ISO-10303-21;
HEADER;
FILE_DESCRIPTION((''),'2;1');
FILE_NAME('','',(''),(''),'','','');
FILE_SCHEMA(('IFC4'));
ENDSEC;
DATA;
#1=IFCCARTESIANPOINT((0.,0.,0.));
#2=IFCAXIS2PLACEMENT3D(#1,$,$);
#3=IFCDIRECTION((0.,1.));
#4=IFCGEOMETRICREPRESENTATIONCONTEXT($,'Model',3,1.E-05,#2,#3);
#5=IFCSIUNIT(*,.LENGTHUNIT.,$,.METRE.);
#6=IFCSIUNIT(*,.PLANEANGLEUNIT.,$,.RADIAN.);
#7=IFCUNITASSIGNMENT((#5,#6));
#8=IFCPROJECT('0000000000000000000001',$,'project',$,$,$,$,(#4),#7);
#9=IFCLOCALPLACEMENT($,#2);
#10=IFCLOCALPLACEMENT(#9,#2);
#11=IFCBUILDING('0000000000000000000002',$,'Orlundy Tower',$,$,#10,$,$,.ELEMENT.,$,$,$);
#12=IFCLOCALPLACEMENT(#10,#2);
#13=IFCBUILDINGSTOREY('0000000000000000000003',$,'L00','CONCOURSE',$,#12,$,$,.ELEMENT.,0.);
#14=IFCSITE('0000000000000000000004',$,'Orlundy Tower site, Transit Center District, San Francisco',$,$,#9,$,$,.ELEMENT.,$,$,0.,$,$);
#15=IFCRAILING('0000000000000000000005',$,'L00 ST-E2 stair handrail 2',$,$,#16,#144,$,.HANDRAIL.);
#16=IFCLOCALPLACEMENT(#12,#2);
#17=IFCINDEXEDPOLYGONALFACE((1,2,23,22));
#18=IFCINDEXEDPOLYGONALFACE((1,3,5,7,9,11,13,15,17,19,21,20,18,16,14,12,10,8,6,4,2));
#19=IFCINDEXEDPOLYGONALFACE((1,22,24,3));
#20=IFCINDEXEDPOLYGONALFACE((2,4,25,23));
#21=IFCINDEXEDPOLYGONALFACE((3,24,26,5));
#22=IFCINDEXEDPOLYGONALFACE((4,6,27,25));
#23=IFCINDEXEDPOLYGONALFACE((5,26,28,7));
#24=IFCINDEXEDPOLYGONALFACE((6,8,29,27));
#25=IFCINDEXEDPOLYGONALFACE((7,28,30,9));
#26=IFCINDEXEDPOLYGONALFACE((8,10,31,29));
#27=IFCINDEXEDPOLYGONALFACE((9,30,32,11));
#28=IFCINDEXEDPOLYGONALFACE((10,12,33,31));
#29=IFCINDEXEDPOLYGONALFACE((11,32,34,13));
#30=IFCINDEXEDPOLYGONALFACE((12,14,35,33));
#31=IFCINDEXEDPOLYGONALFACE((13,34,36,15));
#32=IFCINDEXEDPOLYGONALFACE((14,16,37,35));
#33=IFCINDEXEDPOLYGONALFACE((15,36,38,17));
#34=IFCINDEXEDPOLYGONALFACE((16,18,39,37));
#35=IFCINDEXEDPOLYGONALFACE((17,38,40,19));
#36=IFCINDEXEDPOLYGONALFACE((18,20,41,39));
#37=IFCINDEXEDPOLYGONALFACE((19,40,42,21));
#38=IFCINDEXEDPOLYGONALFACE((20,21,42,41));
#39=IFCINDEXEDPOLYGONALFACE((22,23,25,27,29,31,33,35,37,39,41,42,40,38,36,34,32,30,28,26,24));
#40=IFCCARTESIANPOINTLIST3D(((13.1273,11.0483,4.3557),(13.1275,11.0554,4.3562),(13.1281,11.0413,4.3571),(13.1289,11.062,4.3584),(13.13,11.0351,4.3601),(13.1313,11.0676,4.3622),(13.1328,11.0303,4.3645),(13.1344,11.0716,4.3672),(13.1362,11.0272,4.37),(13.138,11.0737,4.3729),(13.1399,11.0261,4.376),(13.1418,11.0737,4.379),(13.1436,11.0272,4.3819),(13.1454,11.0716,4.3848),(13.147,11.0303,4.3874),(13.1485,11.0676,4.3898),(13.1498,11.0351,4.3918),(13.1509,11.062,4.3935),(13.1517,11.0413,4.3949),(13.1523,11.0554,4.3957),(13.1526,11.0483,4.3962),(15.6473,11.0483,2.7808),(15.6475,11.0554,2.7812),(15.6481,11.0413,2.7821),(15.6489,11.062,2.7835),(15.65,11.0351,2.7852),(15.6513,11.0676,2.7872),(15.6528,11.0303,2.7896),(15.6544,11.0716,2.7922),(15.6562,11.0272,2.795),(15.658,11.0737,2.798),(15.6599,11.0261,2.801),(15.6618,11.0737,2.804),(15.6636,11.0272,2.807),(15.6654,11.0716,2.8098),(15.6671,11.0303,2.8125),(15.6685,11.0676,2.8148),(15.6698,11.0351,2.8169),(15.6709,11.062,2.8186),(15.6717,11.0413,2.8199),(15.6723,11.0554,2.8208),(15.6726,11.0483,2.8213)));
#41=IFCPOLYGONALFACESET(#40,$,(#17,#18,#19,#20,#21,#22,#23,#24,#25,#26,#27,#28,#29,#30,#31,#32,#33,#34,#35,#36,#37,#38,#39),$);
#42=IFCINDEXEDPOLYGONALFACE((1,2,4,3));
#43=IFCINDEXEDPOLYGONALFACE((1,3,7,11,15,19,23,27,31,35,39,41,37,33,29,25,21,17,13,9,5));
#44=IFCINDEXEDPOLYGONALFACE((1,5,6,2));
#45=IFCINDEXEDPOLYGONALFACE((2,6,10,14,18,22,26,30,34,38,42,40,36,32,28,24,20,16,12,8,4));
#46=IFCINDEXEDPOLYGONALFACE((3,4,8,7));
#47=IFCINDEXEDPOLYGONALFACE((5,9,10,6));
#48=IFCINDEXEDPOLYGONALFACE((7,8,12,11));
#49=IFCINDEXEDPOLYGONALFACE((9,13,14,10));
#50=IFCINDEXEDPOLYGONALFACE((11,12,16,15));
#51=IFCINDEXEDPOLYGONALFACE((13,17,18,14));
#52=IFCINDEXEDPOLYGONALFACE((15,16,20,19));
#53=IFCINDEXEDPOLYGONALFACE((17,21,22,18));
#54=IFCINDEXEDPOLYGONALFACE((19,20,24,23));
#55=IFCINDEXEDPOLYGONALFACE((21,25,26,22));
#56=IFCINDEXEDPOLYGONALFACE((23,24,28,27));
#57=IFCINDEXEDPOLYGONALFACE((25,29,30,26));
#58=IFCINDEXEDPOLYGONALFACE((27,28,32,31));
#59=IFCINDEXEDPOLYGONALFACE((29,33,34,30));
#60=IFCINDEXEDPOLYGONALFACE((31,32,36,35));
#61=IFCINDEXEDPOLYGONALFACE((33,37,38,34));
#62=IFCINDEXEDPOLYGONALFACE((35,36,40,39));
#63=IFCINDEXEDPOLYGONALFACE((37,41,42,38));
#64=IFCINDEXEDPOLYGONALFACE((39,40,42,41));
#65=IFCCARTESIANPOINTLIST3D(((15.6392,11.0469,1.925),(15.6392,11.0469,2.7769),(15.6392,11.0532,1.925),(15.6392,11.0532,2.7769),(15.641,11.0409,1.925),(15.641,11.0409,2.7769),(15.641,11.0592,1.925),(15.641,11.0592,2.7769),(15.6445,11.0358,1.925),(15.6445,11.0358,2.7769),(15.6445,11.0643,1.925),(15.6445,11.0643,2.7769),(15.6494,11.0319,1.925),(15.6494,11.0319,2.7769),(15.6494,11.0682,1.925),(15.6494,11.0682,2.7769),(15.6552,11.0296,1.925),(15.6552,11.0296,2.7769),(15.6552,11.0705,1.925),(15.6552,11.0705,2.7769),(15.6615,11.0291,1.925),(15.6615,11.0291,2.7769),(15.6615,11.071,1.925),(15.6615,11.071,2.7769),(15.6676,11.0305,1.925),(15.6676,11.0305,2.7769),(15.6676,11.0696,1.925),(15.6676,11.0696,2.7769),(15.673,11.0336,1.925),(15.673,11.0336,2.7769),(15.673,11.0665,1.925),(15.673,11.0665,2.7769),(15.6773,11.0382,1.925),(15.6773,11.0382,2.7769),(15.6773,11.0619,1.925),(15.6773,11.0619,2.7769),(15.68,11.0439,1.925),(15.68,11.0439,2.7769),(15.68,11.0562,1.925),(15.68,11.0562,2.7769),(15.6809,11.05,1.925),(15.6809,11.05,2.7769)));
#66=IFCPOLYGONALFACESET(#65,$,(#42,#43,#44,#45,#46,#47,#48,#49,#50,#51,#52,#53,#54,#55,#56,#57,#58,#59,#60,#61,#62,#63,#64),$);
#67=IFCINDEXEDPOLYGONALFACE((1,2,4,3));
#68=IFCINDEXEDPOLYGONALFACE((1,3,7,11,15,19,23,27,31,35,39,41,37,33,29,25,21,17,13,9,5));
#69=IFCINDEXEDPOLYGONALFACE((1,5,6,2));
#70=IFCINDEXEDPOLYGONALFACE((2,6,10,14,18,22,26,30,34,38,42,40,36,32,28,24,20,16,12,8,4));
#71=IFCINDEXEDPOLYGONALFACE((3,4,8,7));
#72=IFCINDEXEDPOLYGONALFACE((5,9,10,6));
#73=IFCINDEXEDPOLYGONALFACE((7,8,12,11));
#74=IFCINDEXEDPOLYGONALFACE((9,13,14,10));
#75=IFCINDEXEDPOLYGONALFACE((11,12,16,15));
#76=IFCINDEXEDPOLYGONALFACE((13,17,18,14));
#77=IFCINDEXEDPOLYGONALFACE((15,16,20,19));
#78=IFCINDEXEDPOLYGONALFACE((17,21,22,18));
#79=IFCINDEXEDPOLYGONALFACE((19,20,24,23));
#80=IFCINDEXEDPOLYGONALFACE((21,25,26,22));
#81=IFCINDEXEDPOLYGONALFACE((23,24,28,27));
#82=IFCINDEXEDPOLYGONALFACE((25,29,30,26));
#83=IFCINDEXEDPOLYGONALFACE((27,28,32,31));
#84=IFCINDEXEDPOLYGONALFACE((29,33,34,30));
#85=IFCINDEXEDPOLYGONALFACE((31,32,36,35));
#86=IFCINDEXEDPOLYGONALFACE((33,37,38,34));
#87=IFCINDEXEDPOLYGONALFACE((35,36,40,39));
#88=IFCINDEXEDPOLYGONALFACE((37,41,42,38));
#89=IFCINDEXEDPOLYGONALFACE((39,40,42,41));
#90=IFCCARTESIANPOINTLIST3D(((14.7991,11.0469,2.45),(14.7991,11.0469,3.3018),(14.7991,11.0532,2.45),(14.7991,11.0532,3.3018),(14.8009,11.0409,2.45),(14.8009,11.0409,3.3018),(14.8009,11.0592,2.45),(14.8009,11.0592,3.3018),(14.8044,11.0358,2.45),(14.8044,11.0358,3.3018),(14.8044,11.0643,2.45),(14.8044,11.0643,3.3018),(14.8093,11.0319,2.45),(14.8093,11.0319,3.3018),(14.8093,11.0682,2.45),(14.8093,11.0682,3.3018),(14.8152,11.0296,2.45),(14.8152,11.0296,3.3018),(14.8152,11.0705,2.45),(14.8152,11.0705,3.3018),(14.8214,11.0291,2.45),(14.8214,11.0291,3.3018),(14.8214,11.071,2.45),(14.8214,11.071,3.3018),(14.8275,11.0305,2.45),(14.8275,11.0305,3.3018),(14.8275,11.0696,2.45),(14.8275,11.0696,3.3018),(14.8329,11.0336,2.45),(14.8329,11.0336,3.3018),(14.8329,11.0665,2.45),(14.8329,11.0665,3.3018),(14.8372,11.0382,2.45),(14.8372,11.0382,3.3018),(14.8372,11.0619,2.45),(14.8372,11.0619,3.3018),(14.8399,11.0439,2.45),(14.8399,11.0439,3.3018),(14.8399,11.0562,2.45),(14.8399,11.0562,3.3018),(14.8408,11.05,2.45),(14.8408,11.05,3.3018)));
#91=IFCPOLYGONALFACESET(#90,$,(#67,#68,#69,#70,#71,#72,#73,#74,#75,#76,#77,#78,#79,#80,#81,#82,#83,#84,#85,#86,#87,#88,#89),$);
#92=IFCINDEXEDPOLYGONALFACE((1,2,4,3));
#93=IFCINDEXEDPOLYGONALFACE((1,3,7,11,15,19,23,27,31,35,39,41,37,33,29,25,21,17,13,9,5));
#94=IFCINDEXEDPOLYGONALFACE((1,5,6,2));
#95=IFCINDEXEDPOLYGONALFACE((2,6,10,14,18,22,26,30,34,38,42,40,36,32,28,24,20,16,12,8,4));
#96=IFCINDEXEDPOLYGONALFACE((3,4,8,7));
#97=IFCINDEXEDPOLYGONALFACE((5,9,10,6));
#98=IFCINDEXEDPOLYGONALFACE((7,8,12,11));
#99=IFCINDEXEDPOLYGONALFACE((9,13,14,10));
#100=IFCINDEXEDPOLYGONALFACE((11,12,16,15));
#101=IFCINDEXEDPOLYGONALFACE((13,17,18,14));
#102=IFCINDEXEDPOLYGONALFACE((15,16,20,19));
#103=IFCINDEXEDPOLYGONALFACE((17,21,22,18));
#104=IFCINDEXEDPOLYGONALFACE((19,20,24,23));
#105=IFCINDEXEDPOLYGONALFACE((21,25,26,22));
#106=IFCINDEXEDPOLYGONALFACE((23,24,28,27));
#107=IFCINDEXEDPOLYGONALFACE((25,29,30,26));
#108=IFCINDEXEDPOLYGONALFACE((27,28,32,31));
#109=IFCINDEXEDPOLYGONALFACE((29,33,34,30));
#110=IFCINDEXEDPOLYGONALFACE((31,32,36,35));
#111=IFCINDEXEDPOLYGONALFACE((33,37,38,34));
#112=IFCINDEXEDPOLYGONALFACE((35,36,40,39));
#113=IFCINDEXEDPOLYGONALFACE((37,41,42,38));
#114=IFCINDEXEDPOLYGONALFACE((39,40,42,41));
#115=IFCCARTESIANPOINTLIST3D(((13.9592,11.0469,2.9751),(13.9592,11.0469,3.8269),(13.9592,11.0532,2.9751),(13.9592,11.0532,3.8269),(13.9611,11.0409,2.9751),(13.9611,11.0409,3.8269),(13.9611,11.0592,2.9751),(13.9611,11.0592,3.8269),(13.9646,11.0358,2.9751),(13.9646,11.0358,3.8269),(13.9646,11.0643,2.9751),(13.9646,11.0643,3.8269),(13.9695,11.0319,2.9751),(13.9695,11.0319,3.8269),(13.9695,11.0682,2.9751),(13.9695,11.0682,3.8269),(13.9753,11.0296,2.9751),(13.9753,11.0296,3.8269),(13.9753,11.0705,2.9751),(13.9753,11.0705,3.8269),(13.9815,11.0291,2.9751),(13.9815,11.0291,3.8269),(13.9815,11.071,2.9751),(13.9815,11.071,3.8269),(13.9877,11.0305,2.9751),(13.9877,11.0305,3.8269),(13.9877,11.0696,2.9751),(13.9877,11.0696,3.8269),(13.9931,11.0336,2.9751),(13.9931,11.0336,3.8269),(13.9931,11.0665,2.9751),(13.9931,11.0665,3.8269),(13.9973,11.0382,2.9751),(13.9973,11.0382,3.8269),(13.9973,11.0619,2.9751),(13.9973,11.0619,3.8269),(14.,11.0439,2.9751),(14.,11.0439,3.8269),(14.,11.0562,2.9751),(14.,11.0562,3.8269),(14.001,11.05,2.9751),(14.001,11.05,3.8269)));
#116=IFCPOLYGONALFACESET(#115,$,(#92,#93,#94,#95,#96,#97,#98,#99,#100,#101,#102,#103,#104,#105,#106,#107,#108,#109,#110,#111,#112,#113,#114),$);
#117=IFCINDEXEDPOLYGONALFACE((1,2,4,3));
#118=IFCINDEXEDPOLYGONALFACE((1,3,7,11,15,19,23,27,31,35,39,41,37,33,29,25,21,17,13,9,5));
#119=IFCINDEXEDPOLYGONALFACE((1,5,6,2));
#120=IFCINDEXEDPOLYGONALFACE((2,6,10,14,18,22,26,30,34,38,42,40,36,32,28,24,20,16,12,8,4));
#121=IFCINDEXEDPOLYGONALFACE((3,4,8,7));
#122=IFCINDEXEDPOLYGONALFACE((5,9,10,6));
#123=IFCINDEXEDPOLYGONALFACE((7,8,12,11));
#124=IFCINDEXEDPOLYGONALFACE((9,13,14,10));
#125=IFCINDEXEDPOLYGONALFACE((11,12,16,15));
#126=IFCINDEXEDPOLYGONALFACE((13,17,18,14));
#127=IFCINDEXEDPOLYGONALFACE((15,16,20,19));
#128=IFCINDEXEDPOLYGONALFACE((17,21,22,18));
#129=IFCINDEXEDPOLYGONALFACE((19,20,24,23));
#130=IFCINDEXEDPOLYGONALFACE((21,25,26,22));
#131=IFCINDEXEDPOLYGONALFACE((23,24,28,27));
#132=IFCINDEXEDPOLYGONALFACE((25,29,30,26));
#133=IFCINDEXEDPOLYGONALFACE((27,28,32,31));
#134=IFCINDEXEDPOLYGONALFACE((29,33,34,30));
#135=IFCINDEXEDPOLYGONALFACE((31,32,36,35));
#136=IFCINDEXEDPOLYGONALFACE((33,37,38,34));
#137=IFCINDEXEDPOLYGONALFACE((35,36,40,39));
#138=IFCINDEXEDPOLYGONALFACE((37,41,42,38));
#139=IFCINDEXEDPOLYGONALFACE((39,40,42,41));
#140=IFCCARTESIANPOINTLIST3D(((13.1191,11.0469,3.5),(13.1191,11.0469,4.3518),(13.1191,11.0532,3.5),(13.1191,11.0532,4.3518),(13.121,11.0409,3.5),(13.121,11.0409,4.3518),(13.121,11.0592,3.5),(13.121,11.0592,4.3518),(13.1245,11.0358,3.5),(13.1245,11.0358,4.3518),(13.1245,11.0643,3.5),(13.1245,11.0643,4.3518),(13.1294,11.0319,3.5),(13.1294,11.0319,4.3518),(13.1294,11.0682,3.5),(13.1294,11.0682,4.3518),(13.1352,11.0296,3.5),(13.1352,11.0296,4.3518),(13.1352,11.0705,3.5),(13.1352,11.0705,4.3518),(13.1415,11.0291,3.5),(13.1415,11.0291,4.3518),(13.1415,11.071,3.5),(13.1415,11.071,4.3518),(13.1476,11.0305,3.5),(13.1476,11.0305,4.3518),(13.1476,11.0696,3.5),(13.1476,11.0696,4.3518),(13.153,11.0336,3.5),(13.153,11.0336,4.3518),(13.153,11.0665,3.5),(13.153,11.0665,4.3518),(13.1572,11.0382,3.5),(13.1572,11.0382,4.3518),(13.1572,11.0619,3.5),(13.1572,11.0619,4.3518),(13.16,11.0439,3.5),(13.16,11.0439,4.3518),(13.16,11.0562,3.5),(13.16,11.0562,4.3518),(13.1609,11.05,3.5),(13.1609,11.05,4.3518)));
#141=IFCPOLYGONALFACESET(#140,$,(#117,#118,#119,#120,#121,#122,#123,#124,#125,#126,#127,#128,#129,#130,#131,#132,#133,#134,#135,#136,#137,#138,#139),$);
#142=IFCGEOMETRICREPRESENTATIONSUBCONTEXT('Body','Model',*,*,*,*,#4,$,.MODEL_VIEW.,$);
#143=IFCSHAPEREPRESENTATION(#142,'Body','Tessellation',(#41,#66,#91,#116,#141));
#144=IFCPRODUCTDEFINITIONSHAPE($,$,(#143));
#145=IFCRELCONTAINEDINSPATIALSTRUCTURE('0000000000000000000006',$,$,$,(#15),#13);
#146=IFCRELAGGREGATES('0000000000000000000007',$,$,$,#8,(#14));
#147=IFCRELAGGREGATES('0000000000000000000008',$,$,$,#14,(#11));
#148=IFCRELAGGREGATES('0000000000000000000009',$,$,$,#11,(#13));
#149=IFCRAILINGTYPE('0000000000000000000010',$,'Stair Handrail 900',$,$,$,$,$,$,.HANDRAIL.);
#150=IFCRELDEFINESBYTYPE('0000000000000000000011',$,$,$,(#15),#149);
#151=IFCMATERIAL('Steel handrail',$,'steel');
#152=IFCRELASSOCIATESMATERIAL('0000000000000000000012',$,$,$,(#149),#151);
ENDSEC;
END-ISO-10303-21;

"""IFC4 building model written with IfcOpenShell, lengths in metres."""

from ifc_helpers import new_model, si_unit, direction, frame, origin, origin_2d, place, context, subcontext, project, spatial, circle, extrude, material, type_object, element, save


model = new_model("IFC4")

# Units and contexts
model_context = context("Model", 3, precision=1e-05, world=origin(), true_north=direction((0.0, 1.0)))
body_context = subcontext(model_context, "Body", "Model", "MODEL_VIEW")
ifc_project = project(units=[si_unit("LENGTHUNIT", "METRE"), si_unit("PLANEANGLEUNIT", "RADIAN")], contexts=[model_context])

# Site, building, storey
site_placement = place(None, origin())
site = spatial("IfcSite", under=ifc_project, at=site_placement, Name="Orlundy Tower site, Transit Center District, San Francisco", CompositionType="ELEMENT", RefElevation=0.0)
building_placement = place(site_placement, origin())
building = spatial("IfcBuilding", under=site, at=building_placement, Name="Orlundy Tower", CompositionType="ELEMENT")
storey_placement = place(building_placement, origin())
storey = spatial("IfcBuildingStorey", under=building, at=storey_placement, Name="L00", Description="CONCOURSE", CompositionType="ELEMENT", Elevation=0.0)

# Railing
ifc_material_1 = material(Name="Steel handrail", Category="steel")
railing_type = type_object("IfcRailingType", Name="Stair Handrail 900", PredefinedType="HANDRAIL", material=ifc_material_1)
for number, where, name in (
    (1, (15.6599, 11.05, 1.925), "L00 ST-E2 stair handrail 2"),
):
    element("IfcRailing", number, at=place(storey_placement, frame(where)), inside=storey, type_object=railing_type, Name=name, PredefinedType="HANDRAIL", context=body_context, shape_type="SweptSolid", body=[
        extrude(circle(Radius=0.0239, at=origin_2d()), frame((0.0, 0.0, 0.876), z_axis=(-0.848008, 0.0, 0.529984), x_axis=(0.0, -1.0, 0.0)), (0.0, 0.0, 1.0), 2.9717),
        extrude(circle(Radius=0.021, at=origin_2d()), origin(), (0.0, 0.0, 1.0), 0.8518),
        extrude(circle(Radius=0.021, at=origin_2d()), frame((-0.8401, 0.0, 0.5249)), (0.0, 0.0, 1.0), 0.8518),
        extrude(circle(Radius=0.021, at=origin_2d()), frame((-1.6799, 0.0, 1.05)), (0.0, 0.0, 1.0), 0.8518),
        extrude(circle(Radius=0.021, at=origin_2d()), frame((-2.52, 0.0, 1.575)), (0.0, 0.0, 1.0), 0.8518),
    ])

save(model, "model.ifc")
